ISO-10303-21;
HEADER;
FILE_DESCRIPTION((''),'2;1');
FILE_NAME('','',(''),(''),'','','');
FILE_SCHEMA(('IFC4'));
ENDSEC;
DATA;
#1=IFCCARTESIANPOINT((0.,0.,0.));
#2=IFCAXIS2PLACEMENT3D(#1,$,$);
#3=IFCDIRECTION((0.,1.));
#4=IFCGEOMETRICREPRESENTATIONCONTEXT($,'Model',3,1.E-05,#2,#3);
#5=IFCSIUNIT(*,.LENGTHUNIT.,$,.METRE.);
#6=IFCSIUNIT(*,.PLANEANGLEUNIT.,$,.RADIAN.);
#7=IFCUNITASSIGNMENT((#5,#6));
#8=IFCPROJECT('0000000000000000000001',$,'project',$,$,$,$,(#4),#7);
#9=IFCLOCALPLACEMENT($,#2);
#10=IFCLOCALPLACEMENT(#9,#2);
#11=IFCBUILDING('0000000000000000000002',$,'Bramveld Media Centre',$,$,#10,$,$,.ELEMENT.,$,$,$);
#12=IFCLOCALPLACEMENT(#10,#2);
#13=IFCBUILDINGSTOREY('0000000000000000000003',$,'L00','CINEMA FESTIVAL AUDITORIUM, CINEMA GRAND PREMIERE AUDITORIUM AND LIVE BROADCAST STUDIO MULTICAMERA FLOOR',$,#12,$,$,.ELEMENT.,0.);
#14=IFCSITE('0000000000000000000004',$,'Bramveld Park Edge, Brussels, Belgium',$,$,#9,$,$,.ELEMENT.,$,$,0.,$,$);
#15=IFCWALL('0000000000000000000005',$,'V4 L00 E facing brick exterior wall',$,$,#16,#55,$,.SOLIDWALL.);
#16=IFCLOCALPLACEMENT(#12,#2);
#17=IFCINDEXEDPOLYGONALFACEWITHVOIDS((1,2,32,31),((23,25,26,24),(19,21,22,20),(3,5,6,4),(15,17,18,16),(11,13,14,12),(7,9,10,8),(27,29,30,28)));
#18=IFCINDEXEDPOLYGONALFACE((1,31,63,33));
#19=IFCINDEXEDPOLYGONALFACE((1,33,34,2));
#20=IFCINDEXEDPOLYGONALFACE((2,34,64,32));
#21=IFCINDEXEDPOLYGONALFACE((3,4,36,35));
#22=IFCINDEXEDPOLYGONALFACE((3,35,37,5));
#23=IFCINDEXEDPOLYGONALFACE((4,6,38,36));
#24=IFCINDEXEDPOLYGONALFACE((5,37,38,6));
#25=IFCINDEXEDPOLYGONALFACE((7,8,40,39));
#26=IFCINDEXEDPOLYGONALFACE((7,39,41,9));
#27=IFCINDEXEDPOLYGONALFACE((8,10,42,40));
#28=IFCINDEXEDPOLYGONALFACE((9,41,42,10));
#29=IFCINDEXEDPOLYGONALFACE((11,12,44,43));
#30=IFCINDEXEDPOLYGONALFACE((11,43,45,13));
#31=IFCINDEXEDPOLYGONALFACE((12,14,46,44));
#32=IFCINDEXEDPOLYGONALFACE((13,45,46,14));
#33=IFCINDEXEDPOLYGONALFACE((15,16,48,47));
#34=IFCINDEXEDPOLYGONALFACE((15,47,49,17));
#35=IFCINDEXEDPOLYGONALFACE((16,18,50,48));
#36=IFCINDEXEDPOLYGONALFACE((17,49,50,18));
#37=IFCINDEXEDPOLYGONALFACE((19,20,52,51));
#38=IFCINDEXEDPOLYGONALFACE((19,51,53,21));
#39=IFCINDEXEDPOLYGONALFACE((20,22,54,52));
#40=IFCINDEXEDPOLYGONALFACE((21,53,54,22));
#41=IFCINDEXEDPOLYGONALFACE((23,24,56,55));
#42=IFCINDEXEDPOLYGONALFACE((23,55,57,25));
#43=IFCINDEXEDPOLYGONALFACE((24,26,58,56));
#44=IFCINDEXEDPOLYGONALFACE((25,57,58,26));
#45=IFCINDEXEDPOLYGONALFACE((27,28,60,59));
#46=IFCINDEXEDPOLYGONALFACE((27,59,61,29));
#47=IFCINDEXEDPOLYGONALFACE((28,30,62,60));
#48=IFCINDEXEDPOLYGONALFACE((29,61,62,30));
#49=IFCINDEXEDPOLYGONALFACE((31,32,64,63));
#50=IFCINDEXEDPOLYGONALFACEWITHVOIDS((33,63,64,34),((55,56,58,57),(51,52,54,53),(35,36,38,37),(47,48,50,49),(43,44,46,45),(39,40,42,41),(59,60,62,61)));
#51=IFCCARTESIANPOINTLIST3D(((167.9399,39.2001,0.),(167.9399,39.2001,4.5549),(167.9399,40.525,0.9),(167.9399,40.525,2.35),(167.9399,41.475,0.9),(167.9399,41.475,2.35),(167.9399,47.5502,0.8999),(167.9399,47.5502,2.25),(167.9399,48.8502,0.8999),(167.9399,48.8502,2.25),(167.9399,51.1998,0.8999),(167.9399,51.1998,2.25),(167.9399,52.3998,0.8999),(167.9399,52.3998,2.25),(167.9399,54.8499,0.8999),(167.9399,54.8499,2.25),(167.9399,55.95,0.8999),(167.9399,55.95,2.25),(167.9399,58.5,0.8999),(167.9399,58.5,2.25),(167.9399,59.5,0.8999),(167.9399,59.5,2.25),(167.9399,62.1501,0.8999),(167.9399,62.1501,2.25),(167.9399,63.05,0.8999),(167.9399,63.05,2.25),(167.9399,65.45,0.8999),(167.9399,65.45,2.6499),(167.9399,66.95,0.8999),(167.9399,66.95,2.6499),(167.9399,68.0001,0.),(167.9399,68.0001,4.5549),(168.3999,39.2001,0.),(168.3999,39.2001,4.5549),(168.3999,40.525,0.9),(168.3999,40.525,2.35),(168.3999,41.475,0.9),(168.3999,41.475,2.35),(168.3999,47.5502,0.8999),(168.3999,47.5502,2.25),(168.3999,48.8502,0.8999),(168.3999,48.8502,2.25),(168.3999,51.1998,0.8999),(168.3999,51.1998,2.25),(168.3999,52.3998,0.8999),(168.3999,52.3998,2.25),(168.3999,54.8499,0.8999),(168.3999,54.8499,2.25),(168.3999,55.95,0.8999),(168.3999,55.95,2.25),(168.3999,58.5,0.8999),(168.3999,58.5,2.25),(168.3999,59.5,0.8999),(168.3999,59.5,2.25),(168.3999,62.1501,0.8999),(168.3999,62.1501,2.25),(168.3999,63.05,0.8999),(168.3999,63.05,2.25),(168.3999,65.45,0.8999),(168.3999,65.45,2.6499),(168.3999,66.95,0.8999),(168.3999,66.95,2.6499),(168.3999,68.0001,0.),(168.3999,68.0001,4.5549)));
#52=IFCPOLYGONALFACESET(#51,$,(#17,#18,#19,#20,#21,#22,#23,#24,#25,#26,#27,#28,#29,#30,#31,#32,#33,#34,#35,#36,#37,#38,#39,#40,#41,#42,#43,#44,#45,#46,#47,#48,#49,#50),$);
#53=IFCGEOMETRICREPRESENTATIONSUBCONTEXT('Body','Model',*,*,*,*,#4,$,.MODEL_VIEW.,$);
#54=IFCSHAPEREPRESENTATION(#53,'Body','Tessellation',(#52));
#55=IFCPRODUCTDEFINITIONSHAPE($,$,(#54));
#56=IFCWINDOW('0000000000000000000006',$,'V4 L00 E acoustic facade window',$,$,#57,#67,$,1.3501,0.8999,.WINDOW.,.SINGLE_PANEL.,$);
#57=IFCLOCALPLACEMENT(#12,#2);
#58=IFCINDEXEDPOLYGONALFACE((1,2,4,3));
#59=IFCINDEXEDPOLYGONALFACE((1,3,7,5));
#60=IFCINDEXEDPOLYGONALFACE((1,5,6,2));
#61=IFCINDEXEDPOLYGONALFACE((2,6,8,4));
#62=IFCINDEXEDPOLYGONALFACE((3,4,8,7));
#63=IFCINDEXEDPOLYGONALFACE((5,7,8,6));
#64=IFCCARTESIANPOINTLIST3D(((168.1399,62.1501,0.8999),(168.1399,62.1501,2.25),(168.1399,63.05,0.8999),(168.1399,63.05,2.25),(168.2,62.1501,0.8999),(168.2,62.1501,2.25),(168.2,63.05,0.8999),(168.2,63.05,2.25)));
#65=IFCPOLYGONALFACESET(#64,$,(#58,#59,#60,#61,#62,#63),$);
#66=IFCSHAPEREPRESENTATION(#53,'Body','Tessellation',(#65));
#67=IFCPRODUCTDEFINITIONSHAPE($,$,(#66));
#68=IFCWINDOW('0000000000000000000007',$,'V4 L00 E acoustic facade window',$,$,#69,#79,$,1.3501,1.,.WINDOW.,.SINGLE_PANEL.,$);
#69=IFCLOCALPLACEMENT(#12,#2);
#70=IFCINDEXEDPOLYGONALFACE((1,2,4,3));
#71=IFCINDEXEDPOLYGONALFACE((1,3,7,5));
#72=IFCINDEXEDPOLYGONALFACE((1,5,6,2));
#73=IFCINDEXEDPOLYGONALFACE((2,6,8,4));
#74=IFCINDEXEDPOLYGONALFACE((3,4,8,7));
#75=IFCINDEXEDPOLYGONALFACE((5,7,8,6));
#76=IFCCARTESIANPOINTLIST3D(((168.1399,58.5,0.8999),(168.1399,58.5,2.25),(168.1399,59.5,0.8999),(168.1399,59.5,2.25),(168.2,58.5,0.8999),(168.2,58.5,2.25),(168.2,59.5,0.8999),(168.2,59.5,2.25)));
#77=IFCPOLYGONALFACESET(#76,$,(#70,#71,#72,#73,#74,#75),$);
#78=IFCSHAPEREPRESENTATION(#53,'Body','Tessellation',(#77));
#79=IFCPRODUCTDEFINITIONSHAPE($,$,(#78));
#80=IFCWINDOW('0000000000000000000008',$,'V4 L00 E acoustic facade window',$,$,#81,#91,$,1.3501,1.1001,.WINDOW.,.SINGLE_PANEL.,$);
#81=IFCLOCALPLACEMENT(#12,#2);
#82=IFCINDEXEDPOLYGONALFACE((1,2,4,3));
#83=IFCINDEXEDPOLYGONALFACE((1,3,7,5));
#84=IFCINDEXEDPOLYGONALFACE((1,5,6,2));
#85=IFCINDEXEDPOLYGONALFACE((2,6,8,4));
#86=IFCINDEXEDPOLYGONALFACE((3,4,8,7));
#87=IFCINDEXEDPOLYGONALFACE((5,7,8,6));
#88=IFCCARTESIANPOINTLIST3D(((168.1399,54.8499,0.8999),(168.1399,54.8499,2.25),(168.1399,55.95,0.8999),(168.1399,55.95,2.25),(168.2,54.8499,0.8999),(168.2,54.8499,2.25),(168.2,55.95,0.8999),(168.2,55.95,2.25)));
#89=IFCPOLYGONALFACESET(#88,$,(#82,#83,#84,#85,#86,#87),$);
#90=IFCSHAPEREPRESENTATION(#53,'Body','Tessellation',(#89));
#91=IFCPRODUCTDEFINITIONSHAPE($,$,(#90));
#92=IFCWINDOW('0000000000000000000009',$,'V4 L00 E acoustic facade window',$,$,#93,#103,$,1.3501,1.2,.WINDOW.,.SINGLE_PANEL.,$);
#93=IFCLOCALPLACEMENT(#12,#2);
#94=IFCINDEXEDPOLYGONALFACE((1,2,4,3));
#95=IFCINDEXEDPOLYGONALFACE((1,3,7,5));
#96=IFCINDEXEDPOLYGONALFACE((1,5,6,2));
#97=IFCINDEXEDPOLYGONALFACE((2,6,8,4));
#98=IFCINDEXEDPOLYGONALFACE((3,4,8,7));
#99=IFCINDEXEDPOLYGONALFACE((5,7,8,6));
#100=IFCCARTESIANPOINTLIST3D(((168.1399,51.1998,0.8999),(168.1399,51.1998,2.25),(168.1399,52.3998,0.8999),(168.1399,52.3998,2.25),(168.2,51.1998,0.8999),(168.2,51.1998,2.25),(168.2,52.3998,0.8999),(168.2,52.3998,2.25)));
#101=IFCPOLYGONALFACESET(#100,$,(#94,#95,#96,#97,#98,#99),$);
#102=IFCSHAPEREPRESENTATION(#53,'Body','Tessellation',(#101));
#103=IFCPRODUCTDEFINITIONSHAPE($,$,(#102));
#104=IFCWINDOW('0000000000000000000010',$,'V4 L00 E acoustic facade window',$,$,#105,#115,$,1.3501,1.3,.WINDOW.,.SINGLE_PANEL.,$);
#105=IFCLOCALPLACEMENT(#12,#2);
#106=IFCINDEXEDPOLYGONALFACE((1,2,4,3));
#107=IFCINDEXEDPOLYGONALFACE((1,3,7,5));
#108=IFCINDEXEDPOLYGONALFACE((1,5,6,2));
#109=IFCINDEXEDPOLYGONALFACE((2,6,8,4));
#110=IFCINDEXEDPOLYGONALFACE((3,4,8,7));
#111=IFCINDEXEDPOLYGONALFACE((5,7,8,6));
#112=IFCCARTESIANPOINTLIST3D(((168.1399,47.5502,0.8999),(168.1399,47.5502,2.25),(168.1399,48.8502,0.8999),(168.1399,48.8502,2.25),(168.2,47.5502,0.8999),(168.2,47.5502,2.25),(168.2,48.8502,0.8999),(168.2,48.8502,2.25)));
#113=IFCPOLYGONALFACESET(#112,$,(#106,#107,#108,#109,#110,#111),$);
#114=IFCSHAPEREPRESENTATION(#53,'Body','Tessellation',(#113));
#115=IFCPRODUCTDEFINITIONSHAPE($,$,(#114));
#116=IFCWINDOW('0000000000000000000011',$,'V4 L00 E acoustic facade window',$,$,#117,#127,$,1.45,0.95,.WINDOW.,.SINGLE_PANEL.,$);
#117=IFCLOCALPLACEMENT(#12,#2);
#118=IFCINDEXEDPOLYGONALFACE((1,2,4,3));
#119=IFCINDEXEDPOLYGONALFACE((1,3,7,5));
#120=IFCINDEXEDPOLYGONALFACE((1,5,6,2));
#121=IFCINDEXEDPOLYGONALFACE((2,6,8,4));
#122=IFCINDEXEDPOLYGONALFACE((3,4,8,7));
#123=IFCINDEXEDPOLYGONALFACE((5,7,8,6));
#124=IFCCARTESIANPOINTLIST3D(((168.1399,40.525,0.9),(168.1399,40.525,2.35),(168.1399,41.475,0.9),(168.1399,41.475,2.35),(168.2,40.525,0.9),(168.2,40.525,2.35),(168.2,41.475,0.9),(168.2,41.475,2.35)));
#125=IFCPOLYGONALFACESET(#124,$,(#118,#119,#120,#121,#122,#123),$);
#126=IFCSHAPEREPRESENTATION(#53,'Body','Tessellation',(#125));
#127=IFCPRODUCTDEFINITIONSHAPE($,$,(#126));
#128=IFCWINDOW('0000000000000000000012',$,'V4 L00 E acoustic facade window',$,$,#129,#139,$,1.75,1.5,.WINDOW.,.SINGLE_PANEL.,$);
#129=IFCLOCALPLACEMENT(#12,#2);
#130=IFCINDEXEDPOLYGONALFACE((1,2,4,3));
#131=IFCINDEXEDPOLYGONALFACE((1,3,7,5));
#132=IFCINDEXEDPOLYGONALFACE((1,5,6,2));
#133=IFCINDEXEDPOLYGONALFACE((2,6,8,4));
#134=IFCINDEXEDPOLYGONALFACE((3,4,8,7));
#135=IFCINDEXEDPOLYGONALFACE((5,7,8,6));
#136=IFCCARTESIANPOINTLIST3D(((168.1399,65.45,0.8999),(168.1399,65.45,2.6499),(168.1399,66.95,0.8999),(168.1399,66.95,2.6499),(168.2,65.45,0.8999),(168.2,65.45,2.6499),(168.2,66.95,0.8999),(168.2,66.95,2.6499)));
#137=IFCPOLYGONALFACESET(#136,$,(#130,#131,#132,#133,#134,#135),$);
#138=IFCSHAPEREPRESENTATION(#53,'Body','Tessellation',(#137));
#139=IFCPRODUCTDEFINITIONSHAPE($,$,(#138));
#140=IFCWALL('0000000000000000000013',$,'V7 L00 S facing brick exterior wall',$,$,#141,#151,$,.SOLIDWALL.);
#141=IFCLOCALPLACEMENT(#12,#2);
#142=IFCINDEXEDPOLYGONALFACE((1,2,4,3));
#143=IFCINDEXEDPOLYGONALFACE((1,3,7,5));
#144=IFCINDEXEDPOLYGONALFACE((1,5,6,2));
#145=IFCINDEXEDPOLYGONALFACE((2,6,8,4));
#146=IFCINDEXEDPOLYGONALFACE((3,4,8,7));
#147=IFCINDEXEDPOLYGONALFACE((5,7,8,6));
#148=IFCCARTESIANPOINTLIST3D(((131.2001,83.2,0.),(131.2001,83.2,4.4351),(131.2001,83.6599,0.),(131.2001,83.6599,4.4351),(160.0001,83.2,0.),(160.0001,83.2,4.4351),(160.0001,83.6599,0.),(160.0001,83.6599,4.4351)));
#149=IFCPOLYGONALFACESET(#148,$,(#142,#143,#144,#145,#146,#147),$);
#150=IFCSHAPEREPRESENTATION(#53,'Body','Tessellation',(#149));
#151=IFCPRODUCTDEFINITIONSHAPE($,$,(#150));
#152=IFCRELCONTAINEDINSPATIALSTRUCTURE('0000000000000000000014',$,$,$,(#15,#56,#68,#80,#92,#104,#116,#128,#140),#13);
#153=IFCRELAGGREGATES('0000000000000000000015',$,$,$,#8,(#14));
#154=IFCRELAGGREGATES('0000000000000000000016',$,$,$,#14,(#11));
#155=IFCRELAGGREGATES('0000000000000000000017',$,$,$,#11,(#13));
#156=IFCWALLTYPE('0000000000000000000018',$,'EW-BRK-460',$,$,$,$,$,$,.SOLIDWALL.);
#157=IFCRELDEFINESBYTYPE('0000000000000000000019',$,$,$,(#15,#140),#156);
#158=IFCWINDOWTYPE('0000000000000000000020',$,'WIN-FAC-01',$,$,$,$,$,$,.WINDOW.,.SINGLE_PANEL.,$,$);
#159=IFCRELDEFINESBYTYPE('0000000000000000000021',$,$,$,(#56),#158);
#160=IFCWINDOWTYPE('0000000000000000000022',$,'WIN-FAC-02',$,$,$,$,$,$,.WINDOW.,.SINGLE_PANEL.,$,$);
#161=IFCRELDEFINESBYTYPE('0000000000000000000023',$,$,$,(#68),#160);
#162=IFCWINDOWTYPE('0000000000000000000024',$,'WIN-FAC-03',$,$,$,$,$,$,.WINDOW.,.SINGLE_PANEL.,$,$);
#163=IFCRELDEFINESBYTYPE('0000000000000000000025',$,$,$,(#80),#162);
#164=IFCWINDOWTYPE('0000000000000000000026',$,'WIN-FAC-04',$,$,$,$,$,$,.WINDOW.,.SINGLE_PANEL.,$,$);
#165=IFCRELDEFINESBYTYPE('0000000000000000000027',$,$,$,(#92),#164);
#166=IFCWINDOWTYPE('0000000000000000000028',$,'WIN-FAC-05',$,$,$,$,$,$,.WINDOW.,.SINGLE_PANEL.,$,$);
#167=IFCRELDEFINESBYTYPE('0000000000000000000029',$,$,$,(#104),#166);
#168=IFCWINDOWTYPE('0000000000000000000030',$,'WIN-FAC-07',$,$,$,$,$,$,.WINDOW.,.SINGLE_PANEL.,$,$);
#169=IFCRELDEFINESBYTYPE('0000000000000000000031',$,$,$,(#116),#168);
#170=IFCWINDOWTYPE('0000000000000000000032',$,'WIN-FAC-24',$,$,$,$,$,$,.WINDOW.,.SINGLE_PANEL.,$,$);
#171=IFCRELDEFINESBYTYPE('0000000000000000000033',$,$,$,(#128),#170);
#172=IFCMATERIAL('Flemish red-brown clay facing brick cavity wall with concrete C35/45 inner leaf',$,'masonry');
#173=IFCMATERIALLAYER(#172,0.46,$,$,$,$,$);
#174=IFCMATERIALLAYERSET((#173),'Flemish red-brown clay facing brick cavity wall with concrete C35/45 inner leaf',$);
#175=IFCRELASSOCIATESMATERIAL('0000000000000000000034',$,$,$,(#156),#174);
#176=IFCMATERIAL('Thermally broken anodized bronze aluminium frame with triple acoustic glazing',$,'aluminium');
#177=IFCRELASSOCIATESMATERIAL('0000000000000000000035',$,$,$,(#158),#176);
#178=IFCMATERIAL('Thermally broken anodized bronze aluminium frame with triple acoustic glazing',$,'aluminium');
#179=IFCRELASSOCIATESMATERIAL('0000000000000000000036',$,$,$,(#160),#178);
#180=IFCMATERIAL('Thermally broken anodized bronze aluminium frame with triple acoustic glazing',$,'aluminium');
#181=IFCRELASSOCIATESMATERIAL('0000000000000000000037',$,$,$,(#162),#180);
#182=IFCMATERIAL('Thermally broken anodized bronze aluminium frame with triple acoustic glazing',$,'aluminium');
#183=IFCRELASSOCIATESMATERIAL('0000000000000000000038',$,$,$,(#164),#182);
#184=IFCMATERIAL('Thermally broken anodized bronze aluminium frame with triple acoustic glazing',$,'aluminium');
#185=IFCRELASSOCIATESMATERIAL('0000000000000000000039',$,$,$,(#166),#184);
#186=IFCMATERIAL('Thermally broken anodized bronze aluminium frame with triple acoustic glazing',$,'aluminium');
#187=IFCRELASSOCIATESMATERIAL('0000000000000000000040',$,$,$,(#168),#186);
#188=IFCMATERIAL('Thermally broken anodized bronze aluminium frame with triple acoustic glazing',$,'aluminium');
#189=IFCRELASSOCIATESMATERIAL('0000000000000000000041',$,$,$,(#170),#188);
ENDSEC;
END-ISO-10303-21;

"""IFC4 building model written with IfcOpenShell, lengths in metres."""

from ifc_helpers import new_model, si_unit, direction, frame, frame_2d, origin, place, context, subcontext, project, spatial, rectangle, extrude, material, layer, layer_set, type_object, element, fill, save


model = new_model("IFC4")

# Units and contexts
model_context = context("Model", 3, precision=1e-05, world=origin(), true_north=direction((0.0, 1.0)))
body_context = subcontext(model_context, "Body", "Model", "MODEL_VIEW")
ifc_project = project(units=[si_unit("LENGTHUNIT", "METRE"), si_unit("PLANEANGLEUNIT", "RADIAN")], contexts=[model_context])

# Site, building, storey
site_placement = place(None, origin())
site = spatial("IfcSite", under=ifc_project, at=site_placement, Name="Bramveld Park Edge, Brussels, Belgium", CompositionType="ELEMENT", RefElevation=0.0)
building_placement = place(site_placement, origin())
building = spatial("IfcBuilding", under=site, at=building_placement, Name="Bramveld Media Centre", CompositionType="ELEMENT")
storey_placement = place(building_placement, origin())
storey = spatial("IfcBuildingStorey", under=building, at=storey_placement, Name="L00", Description="CINEMA FESTIVAL AUDITORIUM, CINEMA GRAND PREMIERE AUDITORIUM AND LIVE BROADCAST STUDIO MULTICAMERA FLOOR", CompositionType="ELEMENT", Elevation=0.0)

# Wall, openings, windows
ifc_material_1 = material(Name="Flemish red-brown clay facing brick cavity wall with concrete C35/45 inner leaf", Category="masonry")
ifc_layer_1 = layer(ifc_material_1, 0.46)
ifc_layer_set_1 = layer_set([ifc_layer_1], Name="Flemish red-brown clay facing brick cavity wall with concrete C35/45 inner leaf")
wall_type_1 = type_object("IfcWallType", Name="EW-BRK-460", PredefinedType="SOLIDWALL", material=ifc_layer_set_1)
wall_1_placement = place(storey_placement, frame((168.1699, 68.0, 0.0), z_axis=(0.0, 0.0, 1.0), x_axis=(0.0, -1.0, 0.0)))
wall_1 = element("IfcWall", 1, at=wall_1_placement, inside=storey, type_object=wall_type_1, Name="V4 L00 E facing brick exterior wall", PredefinedType="SOLIDWALL", context=body_context, shape_type="SweptSolid", body=[
    extrude(rectangle(XDim=28.8, YDim=0.46, at=frame_2d((14.3999, 0.0))), origin(), (0.0, 0.0, 1.0), 4.5549),
])
opening_1_placement = place(wall_1_placement, frame((1.05, 0.0, 0.8999)))
opening_1 = element("IfcOpeningElement", 2, at=opening_1_placement, cuts=wall_1, PredefinedType="OPENING", context=body_context, shape_type="SweptSolid", body=[
    extrude(rectangle(XDim=1.5, YDim=1.75, at=frame_2d((0.75, 0.875))), frame((0.0, 0.2419, 0.0), z_axis=(0.0, -1.0, 0.0), x_axis=(1.0, 0.0, 0.0)), (0.0, 0.0, 1.0), 0.4839),
])
opening_2_placement = place(wall_1_placement, frame((4.95, 0.0, 0.8999)))
opening_2 = element("IfcOpeningElement", 3, at=opening_2_placement, cuts=wall_1, PredefinedType="OPENING", context=body_context, shape_type="SweptSolid", body=[
    extrude(rectangle(XDim=0.8999, YDim=1.3501, at=frame_2d((0.45, 0.675))), frame((0.0, 0.2419, 0.0), z_axis=(0.0, -1.0, 0.0), x_axis=(1.0, 0.0, 0.0)), (0.0, 0.0, 1.0), 0.4839),
])
opening_3_placement = place(wall_1_placement, frame((8.5, 0.0, 0.8999)))
opening_3 = element("IfcOpeningElement", 4, at=opening_3_placement, cuts=wall_1, PredefinedType="OPENING", context=body_context, shape_type="SweptSolid", body=[
    extrude(rectangle(XDim=1.0, YDim=1.3501, at=frame_2d((0.5, 0.675))), frame((0.0, 0.2419, 0.0), z_axis=(0.0, -1.0, 0.0), x_axis=(1.0, 0.0, 0.0)), (0.0, 0.0, 1.0), 0.4839),
])
opening_4_placement = place(wall_1_placement, frame((12.05, 0.0, 0.8999)))
opening_4 = element("IfcOpeningElement", 5, at=opening_4_placement, cuts=wall_1, PredefinedType="OPENING", context=body_context, shape_type="SweptSolid", body=[
    extrude(rectangle(XDim=1.1001, YDim=1.3501, at=frame_2d((0.55, 0.675))), frame((0.0, 0.2419, 0.0), z_axis=(0.0, -1.0, 0.0), x_axis=(1.0, 0.0, 0.0)), (0.0, 0.0, 1.0), 0.4839),
])
opening_5_placement = place(wall_1_placement, frame((15.6001, 0.0, 0.8999)))
opening_5 = element("IfcOpeningElement", 6, at=opening_5_placement, cuts=wall_1, PredefinedType="OPENING", context=body_context, shape_type="SweptSolid", body=[
    extrude(rectangle(XDim=1.2, YDim=1.3501, at=frame_2d((0.6001, 0.675))), frame((0.0, 0.2419, 0.0), z_axis=(0.0, -1.0, 0.0), x_axis=(1.0, 0.0, 0.0)), (0.0, 0.0, 1.0), 0.4839),
])
opening_6_placement = place(wall_1_placement, frame((19.1499, 0.0, 0.8999)))
opening_6 = element("IfcOpeningElement", 7, at=opening_6_placement, cuts=wall_1, PredefinedType="OPENING", context=body_context, shape_type="SweptSolid", body=[
    extrude(rectangle(XDim=1.3, YDim=1.3501, at=frame_2d((0.6499, 0.675))), frame((0.0, 0.2419, 0.0), z_axis=(0.0, -1.0, 0.0), x_axis=(1.0, 0.0, 0.0)), (0.0, 0.0, 1.0), 0.4839),
])
opening_7_placement = place(wall_1_placement, frame((26.5249, 0.0, 0.8999)))
opening_7 = element("IfcOpeningElement", 8, at=opening_7_placement, cuts=wall_1, PredefinedType="OPENING", context=body_context, shape_type="SweptSolid", body=[
    extrude(rectangle(XDim=0.95, YDim=1.45, at=frame_2d((0.4751, 0.7251))), frame((0.0, 0.2419, 0.0), z_axis=(0.0, -1.0, 0.0), x_axis=(1.0, 0.0, 0.0)), (0.0, 0.0, 1.0), 0.4839),
])
ifc_material_2 = material(Name="Thermally broken anodized bronze aluminium frame with triple acoustic glazing", Category="aluminium")
window_type_1 = type_object("IfcWindowType", Name="WIN-FAC-01", PartitioningType="SINGLE_PANEL", PredefinedType="WINDOW", material=ifc_material_2)
window_1_placement = place(opening_2_placement, origin())
window_1 = element("IfcWindow", 9, at=window_1_placement, inside=storey, type_object=window_type_1, Name="V4 L00 E acoustic facade window", OverallHeight=1.3501, OverallWidth=0.8999, PartitioningType="SINGLE_PANEL", PredefinedType="WINDOW", context=body_context, shape_type="SweptSolid", body=[
    extrude(rectangle(XDim=0.8999, YDim=1.3501, at=frame_2d((0.45, 0.675))), frame((0.0, 0.03, 0.0), z_axis=(0.0, -1.0, 0.0), x_axis=(1.0, 0.0, 0.0)), (0.0, 0.0, 1.0), 0.0601),
])
fill(opening_2, window_1)
ifc_material_3 = material(Name="Thermally broken anodized bronze aluminium frame with triple acoustic glazing", Category="aluminium")
window_type_2 = type_object("IfcWindowType", Name="WIN-FAC-02", PartitioningType="SINGLE_PANEL", PredefinedType="WINDOW", material=ifc_material_3)
window_2_placement = place(opening_3_placement, origin())
window_2 = element("IfcWindow", 10, at=window_2_placement, inside=storey, type_object=window_type_2, Name="V4 L00 E acoustic facade window", OverallHeight=1.3501, OverallWidth=1.0, PartitioningType="SINGLE_PANEL", PredefinedType="WINDOW", context=body_context, shape_type="SweptSolid", body=[
    extrude(rectangle(XDim=1.0, YDim=1.3501, at=frame_2d((0.5, 0.675))), frame((0.0, 0.03, 0.0), z_axis=(0.0, -1.0, 0.0), x_axis=(1.0, 0.0, 0.0)), (0.0, 0.0, 1.0), 0.0601),
])
fill(opening_3, window_2)
ifc_material_4 = material(Name="Thermally broken anodized bronze aluminium frame with triple acoustic glazing", Category="aluminium")
window_type_3 = type_object("IfcWindowType", Name="WIN-FAC-03", PartitioningType="SINGLE_PANEL", PredefinedType="WINDOW", material=ifc_material_4)
window_3_placement = place(opening_4_placement, origin())
window_3 = element("IfcWindow", 11, at=window_3_placement, inside=storey, type_object=window_type_3, Name="V4 L00 E acoustic facade window", OverallHeight=1.3501, OverallWidth=1.1001, PartitioningType="SINGLE_PANEL", PredefinedType="WINDOW", context=body_context, shape_type="SweptSolid", body=[
    extrude(rectangle(XDim=1.1001, YDim=1.3501, at=frame_2d((0.55, 0.675))), frame((0.0, 0.03, 0.0), z_axis=(0.0, -1.0, 0.0), x_axis=(1.0, 0.0, 0.0)), (0.0, 0.0, 1.0), 0.0601),
])
fill(opening_4, window_3)
ifc_material_5 = material(Name="Thermally broken anodized bronze aluminium frame with triple acoustic glazing", Category="aluminium")
window_type_4 = type_object("IfcWindowType", Name="WIN-FAC-04", PartitioningType="SINGLE_PANEL", PredefinedType="WINDOW", material=ifc_material_5)
window_4_placement = place(opening_5_placement, origin())
window_4 = element("IfcWindow", 12, at=window_4_placement, inside=storey, type_object=window_type_4, Name="V4 L00 E acoustic facade window", OverallHeight=1.3501, OverallWidth=1.2, PartitioningType="SINGLE_PANEL", PredefinedType="WINDOW", context=body_context, shape_type="SweptSolid", body=[
    extrude(rectangle(XDim=1.2, YDim=1.3501, at=frame_2d((0.6001, 0.675))), frame((0.0, 0.03, 0.0), z_axis=(0.0, -1.0, 0.0), x_axis=(1.0, 0.0, 0.0)), (0.0, 0.0, 1.0), 0.0601),
])
fill(opening_5, window_4)
ifc_material_6 = material(Name="Thermally broken anodized bronze aluminium frame with triple acoustic glazing", Category="aluminium")
window_type_5 = type_object("IfcWindowType", Name="WIN-FAC-05", PartitioningType="SINGLE_PANEL", PredefinedType="WINDOW", material=ifc_material_6)
window_5_placement = place(opening_6_placement, origin())
window_5 = element("IfcWindow", 13, at=window_5_placement, inside=storey, type_object=window_type_5, Name="V4 L00 E acoustic facade window", OverallHeight=1.3501, OverallWidth=1.3, PartitioningType="SINGLE_PANEL", PredefinedType="WINDOW", context=body_context, shape_type="SweptSolid", body=[
    extrude(rectangle(XDim=1.3, YDim=1.3501, at=frame_2d((0.6499, 0.675))), frame((0.0, 0.03, 0.0), z_axis=(0.0, -1.0, 0.0), x_axis=(1.0, 0.0, 0.0)), (0.0, 0.0, 1.0), 0.0601),
])
fill(opening_6, window_5)
ifc_material_7 = material(Name="Thermally broken anodized bronze aluminium frame with triple acoustic glazing", Category="aluminium")
window_type_6 = type_object("IfcWindowType", Name="WIN-FAC-07", PartitioningType="SINGLE_PANEL", PredefinedType="WINDOW", material=ifc_material_7)
window_6_placement = place(opening_7_placement, origin())
window_6 = element("IfcWindow", 14, at=window_6_placement, inside=storey, type_object=window_type_6, Name="V4 L00 E acoustic facade window", OverallHeight=1.45, OverallWidth=0.95, PartitioningType="SINGLE_PANEL", PredefinedType="WINDOW", context=body_context, shape_type="SweptSolid", body=[
    extrude(rectangle(XDim=0.95, YDim=1.45, at=frame_2d((0.4751, 0.7251))), frame((0.0, 0.03, 0.0), z_axis=(0.0, -1.0, 0.0), x_axis=(1.0, 0.0, 0.0)), (0.0, 0.0, 1.0), 0.0601),
])
fill(opening_7, window_6)
ifc_material_8 = material(Name="Thermally broken anodized bronze aluminium frame with triple acoustic glazing", Category="aluminium")
window_type_7 = type_object("IfcWindowType", Name="WIN-FAC-24", PartitioningType="SINGLE_PANEL", PredefinedType="WINDOW", material=ifc_material_8)
window_7_placement = place(opening_1_placement, origin())
window_7 = element("IfcWindow", 15, at=window_7_placement, inside=storey, type_object=window_type_7, Name="V4 L00 E acoustic facade window", OverallHeight=1.75, OverallWidth=1.5, PartitioningType="SINGLE_PANEL", PredefinedType="WINDOW", context=body_context, shape_type="SweptSolid", body=[
    extrude(rectangle(XDim=1.5, YDim=1.75, at=frame_2d((0.75, 0.875))), frame((0.0, 0.03, 0.0), z_axis=(0.0, -1.0, 0.0), x_axis=(1.0, 0.0, 0.0)), (0.0, 0.0, 1.0), 0.0601),
])
fill(opening_1, window_7)

# Wall
wall_2_placement = place(storey_placement, frame((160.0, 83.4299, 0.0), z_axis=(0.0, 0.0, 1.0), x_axis=(-1.0, 0.0, 0.0)))
element("IfcWall", 16, at=wall_2_placement, inside=storey, type_object=wall_type_1, Name="V7 L00 S facing brick exterior wall", PredefinedType="SOLIDWALL", context=body_context, shape_type="SweptSolid", body=[
    extrude(rectangle(XDim=28.8, YDim=0.46, at=frame_2d((14.3999, 0.0))), origin(), (0.0, 0.0, 1.0), 4.4351),
])

save(model, "model.ifc")
